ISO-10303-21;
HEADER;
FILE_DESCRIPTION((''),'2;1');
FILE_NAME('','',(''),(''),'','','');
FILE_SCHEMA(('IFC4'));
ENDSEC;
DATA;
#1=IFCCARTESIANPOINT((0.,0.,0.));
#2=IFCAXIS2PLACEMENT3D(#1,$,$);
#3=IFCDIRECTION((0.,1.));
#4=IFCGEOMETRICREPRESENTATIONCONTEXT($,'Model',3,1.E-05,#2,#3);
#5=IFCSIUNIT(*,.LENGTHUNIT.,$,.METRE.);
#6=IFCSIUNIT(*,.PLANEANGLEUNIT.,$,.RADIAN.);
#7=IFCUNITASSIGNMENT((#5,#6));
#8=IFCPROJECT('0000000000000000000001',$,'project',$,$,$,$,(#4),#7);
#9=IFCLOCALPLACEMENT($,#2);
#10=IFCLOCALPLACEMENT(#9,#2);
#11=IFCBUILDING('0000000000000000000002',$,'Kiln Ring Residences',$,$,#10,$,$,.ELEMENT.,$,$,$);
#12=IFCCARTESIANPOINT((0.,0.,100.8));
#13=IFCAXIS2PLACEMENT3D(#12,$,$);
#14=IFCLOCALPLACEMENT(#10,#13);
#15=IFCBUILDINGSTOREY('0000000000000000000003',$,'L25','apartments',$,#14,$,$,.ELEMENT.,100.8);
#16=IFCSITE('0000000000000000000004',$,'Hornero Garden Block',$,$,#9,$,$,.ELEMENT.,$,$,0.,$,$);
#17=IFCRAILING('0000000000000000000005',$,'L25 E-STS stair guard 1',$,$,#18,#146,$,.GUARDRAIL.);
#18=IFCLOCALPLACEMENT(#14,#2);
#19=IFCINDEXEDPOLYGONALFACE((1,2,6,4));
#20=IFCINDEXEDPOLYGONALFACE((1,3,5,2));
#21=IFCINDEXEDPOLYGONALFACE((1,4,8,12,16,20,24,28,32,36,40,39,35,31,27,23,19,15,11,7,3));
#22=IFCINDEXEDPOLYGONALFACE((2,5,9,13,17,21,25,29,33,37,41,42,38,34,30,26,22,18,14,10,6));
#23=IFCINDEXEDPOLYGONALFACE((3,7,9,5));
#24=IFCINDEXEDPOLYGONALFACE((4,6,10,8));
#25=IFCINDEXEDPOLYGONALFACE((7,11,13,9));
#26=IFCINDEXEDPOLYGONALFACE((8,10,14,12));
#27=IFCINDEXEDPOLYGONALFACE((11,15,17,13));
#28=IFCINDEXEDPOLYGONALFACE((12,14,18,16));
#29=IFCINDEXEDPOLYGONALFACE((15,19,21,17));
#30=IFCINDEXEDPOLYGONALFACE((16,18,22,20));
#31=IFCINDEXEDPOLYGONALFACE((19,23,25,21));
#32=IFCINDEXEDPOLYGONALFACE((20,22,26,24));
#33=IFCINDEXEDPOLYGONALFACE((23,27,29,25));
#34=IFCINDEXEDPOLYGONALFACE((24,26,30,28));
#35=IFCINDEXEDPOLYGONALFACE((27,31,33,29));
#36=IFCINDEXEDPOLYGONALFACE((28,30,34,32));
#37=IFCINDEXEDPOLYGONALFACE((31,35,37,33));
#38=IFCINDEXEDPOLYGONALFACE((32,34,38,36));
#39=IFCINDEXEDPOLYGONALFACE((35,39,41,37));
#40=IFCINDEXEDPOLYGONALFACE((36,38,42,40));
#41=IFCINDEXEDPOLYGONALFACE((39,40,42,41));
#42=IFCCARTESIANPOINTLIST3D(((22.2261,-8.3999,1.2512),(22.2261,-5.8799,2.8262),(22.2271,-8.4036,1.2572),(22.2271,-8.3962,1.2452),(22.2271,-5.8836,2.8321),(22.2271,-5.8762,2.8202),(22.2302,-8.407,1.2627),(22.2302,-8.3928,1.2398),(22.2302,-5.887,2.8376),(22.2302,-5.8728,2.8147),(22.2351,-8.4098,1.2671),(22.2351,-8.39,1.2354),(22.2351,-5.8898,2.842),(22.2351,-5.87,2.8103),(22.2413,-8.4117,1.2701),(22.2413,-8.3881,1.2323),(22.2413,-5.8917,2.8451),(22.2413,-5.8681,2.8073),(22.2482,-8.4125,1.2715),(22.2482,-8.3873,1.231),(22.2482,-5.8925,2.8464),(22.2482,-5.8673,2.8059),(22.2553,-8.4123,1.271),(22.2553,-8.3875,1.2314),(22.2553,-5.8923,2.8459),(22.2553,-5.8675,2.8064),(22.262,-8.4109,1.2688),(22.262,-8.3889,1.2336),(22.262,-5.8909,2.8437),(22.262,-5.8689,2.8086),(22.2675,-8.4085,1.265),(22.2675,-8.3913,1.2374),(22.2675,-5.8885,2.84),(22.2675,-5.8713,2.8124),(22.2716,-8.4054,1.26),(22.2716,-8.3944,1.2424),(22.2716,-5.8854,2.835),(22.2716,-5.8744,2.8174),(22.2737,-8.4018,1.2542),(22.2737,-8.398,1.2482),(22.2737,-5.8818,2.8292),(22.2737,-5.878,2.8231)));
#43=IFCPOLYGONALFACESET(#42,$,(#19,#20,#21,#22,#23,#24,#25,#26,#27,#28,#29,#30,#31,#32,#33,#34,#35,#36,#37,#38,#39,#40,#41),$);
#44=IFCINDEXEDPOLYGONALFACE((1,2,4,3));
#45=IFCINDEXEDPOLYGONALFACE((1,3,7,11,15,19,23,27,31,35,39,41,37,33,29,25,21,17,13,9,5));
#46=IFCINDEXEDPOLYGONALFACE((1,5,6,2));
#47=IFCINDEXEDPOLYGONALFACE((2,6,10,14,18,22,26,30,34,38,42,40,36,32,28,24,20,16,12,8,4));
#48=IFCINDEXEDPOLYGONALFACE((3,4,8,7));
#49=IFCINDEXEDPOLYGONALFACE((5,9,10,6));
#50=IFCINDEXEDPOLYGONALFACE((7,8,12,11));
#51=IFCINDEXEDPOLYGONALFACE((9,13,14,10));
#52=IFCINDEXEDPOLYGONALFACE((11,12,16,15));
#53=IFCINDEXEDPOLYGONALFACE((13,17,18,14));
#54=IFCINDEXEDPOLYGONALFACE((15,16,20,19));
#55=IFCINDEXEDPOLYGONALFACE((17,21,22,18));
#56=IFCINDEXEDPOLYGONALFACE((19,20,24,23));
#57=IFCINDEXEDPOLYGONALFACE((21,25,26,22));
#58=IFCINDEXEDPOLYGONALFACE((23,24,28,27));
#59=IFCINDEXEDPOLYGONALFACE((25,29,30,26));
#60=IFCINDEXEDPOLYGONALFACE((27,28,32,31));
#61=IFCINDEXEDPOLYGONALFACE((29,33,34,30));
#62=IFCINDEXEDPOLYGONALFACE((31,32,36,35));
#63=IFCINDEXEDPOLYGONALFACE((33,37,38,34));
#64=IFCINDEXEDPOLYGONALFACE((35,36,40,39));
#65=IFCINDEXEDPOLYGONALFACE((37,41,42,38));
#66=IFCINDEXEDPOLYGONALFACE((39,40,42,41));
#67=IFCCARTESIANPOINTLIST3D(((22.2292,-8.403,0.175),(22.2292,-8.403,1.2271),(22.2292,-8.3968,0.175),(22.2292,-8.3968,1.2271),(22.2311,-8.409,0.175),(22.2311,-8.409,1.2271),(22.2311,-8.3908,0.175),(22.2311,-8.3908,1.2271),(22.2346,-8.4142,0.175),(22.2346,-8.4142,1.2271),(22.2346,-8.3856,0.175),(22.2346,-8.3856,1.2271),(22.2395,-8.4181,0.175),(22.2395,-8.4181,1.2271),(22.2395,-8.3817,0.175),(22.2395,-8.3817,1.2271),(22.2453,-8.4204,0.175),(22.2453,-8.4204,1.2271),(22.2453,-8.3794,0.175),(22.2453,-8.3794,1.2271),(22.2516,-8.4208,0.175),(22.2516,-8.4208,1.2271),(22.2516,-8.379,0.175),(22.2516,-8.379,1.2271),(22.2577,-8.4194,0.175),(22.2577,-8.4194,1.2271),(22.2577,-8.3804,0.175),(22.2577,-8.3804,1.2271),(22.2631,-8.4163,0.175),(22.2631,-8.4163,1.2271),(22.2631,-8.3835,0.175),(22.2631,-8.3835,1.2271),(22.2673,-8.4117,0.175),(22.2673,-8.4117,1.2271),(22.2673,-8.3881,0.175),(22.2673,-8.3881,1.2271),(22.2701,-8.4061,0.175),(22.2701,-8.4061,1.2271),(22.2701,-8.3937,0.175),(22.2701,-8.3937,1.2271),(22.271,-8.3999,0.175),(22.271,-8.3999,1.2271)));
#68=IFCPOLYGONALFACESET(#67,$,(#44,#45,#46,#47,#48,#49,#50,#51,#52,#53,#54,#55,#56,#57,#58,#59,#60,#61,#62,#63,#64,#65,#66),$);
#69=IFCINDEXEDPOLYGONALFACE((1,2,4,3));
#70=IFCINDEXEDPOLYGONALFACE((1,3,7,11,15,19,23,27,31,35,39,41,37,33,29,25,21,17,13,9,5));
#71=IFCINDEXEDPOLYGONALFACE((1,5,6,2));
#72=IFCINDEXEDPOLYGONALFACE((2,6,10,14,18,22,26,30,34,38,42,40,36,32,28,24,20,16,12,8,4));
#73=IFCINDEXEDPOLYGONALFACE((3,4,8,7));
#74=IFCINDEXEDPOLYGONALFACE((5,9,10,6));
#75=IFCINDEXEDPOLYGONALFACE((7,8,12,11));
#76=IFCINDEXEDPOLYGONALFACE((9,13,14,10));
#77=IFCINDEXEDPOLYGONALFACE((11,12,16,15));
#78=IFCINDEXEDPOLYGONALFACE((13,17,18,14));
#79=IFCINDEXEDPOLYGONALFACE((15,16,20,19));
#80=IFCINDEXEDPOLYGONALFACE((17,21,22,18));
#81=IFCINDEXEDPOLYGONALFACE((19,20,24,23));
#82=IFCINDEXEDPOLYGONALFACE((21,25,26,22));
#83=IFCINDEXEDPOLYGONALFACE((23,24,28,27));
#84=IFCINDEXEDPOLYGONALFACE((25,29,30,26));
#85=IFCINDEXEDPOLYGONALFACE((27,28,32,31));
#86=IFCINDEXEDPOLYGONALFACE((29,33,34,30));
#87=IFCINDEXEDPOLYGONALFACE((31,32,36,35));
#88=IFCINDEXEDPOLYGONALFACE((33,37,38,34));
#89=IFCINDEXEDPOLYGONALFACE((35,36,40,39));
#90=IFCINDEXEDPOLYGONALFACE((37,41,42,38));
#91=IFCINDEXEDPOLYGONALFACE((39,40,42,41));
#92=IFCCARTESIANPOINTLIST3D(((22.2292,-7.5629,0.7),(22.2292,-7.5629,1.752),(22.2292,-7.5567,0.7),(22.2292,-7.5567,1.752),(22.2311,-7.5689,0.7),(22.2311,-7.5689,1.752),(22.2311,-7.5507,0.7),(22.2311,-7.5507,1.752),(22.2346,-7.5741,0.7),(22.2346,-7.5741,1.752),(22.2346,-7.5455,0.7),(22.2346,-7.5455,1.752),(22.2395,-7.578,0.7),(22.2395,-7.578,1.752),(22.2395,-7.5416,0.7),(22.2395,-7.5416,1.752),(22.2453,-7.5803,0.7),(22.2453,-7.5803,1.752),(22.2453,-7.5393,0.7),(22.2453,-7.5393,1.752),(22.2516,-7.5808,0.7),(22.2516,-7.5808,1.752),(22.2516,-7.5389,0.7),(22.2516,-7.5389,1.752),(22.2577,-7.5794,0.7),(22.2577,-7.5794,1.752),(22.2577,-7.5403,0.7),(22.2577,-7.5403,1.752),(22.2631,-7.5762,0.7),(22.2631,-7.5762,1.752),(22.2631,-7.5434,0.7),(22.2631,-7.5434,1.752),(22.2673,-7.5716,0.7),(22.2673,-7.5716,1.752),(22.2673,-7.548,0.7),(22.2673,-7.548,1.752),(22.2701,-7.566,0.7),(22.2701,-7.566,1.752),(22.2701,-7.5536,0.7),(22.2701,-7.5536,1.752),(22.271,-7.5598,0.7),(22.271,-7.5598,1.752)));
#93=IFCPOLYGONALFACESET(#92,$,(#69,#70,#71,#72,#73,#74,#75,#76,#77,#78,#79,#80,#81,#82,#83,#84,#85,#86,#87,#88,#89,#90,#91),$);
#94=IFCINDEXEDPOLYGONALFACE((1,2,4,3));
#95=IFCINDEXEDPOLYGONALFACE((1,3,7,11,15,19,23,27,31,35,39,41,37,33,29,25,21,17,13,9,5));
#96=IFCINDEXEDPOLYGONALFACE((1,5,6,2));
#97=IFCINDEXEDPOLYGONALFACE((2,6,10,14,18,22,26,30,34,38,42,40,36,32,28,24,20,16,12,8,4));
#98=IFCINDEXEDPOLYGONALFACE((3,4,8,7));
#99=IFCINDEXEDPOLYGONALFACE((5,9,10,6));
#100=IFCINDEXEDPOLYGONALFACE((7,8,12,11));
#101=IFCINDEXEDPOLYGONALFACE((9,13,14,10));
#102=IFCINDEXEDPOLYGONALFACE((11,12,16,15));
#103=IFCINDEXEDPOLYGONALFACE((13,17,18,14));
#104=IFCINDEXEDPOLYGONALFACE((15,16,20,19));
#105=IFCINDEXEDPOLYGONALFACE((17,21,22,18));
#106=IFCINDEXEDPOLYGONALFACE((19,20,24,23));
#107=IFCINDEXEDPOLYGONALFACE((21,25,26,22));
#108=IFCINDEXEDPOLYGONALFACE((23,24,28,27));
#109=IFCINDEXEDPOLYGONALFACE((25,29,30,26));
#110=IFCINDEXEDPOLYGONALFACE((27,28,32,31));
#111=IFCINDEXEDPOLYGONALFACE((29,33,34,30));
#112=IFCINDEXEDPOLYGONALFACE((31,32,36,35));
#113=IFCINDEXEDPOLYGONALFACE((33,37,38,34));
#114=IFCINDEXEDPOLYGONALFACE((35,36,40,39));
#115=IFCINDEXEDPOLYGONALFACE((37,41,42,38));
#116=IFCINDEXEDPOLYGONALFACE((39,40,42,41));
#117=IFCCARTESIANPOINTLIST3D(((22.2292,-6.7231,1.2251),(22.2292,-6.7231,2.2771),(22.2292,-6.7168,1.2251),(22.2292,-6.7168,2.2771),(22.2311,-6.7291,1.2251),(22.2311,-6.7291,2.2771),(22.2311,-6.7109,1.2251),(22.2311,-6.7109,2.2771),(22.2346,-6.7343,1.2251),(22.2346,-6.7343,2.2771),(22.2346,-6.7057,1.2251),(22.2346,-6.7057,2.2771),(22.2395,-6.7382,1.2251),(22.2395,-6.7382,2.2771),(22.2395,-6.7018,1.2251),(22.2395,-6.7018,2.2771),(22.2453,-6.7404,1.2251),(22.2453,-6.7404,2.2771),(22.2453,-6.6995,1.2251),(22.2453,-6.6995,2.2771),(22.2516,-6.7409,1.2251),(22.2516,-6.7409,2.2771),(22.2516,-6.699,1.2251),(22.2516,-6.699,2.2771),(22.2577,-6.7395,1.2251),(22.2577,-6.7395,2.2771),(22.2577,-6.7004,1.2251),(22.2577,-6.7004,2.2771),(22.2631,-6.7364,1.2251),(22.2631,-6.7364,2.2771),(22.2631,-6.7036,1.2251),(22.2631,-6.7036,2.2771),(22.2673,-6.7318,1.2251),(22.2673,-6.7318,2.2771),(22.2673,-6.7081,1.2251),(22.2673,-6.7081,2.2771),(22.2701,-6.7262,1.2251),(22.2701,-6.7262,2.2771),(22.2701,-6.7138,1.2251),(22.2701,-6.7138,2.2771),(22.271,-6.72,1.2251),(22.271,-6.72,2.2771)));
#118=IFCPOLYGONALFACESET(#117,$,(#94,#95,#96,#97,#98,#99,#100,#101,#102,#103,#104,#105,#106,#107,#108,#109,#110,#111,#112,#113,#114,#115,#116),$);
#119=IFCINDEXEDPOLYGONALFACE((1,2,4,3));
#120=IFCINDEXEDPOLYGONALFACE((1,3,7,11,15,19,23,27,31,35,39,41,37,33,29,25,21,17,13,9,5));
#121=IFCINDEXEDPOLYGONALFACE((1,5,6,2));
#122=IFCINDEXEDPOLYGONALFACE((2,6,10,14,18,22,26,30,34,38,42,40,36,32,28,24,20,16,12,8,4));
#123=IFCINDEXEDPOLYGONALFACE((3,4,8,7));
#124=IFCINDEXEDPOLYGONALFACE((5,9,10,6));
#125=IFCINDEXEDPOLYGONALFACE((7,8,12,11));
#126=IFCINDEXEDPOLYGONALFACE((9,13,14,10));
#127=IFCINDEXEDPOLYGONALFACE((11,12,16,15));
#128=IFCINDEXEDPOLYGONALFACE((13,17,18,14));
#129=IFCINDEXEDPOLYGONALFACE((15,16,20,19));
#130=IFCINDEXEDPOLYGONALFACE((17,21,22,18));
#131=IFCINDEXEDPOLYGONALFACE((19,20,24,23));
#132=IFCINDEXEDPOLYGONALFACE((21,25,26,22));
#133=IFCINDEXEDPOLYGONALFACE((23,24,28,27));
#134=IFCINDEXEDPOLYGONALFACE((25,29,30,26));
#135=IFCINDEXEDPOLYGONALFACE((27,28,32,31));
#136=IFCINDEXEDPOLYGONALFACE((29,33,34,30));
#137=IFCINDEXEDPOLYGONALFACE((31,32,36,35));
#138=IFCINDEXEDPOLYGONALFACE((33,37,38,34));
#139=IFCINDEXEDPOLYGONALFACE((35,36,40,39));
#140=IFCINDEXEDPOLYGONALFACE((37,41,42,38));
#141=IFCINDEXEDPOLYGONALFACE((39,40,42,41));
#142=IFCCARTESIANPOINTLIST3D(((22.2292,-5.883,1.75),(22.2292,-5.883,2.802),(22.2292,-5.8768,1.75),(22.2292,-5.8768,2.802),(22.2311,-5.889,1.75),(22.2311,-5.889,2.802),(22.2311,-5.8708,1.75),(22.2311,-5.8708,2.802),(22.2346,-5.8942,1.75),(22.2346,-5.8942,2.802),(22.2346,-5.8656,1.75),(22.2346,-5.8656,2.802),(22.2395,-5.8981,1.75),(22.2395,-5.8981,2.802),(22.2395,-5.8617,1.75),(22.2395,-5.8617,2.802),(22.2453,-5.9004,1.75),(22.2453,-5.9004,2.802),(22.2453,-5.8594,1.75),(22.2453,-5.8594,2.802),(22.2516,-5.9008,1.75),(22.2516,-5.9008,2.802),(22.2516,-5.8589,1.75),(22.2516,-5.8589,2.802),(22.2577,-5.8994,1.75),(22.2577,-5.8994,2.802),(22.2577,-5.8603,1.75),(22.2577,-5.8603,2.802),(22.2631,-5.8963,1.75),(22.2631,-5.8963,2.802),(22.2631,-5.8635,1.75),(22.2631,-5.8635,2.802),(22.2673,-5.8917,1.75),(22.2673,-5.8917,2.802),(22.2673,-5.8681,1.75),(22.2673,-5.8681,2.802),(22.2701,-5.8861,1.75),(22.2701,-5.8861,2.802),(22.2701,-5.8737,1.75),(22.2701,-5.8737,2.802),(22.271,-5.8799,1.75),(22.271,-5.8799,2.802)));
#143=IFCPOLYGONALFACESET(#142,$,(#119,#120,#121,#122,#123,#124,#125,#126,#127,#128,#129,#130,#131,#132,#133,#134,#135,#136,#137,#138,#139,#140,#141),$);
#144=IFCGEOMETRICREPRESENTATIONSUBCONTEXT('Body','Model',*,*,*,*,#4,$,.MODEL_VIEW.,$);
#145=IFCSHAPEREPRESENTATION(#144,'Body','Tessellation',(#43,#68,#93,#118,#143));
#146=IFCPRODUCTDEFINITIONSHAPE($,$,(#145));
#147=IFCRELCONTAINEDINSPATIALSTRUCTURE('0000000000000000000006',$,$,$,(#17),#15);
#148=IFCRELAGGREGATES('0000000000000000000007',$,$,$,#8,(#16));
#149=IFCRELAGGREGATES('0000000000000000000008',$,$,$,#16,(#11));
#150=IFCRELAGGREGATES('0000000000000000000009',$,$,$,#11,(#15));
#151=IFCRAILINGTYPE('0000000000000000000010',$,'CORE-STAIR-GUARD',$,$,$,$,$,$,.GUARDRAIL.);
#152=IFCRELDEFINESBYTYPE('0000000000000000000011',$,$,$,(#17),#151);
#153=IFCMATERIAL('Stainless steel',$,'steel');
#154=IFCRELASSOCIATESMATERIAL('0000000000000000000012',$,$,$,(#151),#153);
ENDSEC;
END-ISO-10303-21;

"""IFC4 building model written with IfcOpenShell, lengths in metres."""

from ifc_helpers import new_model, si_unit, direction, frame, origin, origin_2d, place, context, subcontext, project, spatial, circle, extrude, material, type_object, element, save


model = new_model("IFC4")

# Units and contexts
model_context = context("Model", 3, precision=1e-05, world=origin(), true_north=direction((0.0, 1.0)))
body_context = subcontext(model_context, "Body", "Model", "MODEL_VIEW")
ifc_project = project(units=[si_unit("LENGTHUNIT", "METRE"), si_unit("PLANEANGLEUNIT", "RADIAN")], contexts=[model_context])

# Site, building, storey
site_placement = place(None, origin())
site = spatial("IfcSite", under=ifc_project, at=site_placement, Name="Hornero Garden Block", CompositionType="ELEMENT", RefElevation=0.0)
building_placement = place(site_placement, origin())
building = spatial("IfcBuilding", under=site, at=building_placement, Name="Kiln Ring Residences", CompositionType="ELEMENT")
storey_placement = place(building_placement, frame((0.0, 0.0, 100.8)))
storey = spatial("IfcBuildingStorey", under=building, at=storey_placement, Name="L25", Description="apartments", CompositionType="ELEMENT", Elevation=100.8)

# Railing
ifc_material_1 = material(Name="Stainless steel", Category="steel")
railing_type_1 = type_object("IfcRailingType", Name="CORE-STAIR-GUARD", PredefinedType="GUARDRAIL", material=ifc_material_1)
railing_1_placement = place(storey_placement, frame((22.25, -8.3999, 0.175)))
element("IfcRailing", 1, at=railing_1_placement, inside=storey, type_object=railing_type_1, Name="L25 E-STS stair guard 1", PredefinedType="GUARDRAIL", context=body_context, shape_type="SweptSolid", body=[
    extrude(circle(Radius=0.0239, at=origin_2d()), frame((0.0, 0.0, 1.0762), z_axis=(0.0, 0.848008, 0.529984), x_axis=(-1.0, 0.0, 0.0)), (0.0, 0.0, 1.0), 2.9717),
    extrude(circle(Radius=0.021, at=origin_2d()), origin(), (0.0, 0.0, 1.0), 1.052),
    extrude(circle(Radius=0.021, at=origin_2d()), frame((0.0, 0.8401, 0.5249)), (0.0, 0.0, 1.0), 1.052),
    extrude(circle(Radius=0.021, at=origin_2d()), frame((0.0, 1.6799, 1.05)), (0.0, 0.0, 1.0), 1.052),
    extrude(circle(Radius=0.021, at=origin_2d()), frame((0.0, 2.52, 1.575)), (0.0, 0.0, 1.0), 1.052),
])

save(model, "model.ifc")
